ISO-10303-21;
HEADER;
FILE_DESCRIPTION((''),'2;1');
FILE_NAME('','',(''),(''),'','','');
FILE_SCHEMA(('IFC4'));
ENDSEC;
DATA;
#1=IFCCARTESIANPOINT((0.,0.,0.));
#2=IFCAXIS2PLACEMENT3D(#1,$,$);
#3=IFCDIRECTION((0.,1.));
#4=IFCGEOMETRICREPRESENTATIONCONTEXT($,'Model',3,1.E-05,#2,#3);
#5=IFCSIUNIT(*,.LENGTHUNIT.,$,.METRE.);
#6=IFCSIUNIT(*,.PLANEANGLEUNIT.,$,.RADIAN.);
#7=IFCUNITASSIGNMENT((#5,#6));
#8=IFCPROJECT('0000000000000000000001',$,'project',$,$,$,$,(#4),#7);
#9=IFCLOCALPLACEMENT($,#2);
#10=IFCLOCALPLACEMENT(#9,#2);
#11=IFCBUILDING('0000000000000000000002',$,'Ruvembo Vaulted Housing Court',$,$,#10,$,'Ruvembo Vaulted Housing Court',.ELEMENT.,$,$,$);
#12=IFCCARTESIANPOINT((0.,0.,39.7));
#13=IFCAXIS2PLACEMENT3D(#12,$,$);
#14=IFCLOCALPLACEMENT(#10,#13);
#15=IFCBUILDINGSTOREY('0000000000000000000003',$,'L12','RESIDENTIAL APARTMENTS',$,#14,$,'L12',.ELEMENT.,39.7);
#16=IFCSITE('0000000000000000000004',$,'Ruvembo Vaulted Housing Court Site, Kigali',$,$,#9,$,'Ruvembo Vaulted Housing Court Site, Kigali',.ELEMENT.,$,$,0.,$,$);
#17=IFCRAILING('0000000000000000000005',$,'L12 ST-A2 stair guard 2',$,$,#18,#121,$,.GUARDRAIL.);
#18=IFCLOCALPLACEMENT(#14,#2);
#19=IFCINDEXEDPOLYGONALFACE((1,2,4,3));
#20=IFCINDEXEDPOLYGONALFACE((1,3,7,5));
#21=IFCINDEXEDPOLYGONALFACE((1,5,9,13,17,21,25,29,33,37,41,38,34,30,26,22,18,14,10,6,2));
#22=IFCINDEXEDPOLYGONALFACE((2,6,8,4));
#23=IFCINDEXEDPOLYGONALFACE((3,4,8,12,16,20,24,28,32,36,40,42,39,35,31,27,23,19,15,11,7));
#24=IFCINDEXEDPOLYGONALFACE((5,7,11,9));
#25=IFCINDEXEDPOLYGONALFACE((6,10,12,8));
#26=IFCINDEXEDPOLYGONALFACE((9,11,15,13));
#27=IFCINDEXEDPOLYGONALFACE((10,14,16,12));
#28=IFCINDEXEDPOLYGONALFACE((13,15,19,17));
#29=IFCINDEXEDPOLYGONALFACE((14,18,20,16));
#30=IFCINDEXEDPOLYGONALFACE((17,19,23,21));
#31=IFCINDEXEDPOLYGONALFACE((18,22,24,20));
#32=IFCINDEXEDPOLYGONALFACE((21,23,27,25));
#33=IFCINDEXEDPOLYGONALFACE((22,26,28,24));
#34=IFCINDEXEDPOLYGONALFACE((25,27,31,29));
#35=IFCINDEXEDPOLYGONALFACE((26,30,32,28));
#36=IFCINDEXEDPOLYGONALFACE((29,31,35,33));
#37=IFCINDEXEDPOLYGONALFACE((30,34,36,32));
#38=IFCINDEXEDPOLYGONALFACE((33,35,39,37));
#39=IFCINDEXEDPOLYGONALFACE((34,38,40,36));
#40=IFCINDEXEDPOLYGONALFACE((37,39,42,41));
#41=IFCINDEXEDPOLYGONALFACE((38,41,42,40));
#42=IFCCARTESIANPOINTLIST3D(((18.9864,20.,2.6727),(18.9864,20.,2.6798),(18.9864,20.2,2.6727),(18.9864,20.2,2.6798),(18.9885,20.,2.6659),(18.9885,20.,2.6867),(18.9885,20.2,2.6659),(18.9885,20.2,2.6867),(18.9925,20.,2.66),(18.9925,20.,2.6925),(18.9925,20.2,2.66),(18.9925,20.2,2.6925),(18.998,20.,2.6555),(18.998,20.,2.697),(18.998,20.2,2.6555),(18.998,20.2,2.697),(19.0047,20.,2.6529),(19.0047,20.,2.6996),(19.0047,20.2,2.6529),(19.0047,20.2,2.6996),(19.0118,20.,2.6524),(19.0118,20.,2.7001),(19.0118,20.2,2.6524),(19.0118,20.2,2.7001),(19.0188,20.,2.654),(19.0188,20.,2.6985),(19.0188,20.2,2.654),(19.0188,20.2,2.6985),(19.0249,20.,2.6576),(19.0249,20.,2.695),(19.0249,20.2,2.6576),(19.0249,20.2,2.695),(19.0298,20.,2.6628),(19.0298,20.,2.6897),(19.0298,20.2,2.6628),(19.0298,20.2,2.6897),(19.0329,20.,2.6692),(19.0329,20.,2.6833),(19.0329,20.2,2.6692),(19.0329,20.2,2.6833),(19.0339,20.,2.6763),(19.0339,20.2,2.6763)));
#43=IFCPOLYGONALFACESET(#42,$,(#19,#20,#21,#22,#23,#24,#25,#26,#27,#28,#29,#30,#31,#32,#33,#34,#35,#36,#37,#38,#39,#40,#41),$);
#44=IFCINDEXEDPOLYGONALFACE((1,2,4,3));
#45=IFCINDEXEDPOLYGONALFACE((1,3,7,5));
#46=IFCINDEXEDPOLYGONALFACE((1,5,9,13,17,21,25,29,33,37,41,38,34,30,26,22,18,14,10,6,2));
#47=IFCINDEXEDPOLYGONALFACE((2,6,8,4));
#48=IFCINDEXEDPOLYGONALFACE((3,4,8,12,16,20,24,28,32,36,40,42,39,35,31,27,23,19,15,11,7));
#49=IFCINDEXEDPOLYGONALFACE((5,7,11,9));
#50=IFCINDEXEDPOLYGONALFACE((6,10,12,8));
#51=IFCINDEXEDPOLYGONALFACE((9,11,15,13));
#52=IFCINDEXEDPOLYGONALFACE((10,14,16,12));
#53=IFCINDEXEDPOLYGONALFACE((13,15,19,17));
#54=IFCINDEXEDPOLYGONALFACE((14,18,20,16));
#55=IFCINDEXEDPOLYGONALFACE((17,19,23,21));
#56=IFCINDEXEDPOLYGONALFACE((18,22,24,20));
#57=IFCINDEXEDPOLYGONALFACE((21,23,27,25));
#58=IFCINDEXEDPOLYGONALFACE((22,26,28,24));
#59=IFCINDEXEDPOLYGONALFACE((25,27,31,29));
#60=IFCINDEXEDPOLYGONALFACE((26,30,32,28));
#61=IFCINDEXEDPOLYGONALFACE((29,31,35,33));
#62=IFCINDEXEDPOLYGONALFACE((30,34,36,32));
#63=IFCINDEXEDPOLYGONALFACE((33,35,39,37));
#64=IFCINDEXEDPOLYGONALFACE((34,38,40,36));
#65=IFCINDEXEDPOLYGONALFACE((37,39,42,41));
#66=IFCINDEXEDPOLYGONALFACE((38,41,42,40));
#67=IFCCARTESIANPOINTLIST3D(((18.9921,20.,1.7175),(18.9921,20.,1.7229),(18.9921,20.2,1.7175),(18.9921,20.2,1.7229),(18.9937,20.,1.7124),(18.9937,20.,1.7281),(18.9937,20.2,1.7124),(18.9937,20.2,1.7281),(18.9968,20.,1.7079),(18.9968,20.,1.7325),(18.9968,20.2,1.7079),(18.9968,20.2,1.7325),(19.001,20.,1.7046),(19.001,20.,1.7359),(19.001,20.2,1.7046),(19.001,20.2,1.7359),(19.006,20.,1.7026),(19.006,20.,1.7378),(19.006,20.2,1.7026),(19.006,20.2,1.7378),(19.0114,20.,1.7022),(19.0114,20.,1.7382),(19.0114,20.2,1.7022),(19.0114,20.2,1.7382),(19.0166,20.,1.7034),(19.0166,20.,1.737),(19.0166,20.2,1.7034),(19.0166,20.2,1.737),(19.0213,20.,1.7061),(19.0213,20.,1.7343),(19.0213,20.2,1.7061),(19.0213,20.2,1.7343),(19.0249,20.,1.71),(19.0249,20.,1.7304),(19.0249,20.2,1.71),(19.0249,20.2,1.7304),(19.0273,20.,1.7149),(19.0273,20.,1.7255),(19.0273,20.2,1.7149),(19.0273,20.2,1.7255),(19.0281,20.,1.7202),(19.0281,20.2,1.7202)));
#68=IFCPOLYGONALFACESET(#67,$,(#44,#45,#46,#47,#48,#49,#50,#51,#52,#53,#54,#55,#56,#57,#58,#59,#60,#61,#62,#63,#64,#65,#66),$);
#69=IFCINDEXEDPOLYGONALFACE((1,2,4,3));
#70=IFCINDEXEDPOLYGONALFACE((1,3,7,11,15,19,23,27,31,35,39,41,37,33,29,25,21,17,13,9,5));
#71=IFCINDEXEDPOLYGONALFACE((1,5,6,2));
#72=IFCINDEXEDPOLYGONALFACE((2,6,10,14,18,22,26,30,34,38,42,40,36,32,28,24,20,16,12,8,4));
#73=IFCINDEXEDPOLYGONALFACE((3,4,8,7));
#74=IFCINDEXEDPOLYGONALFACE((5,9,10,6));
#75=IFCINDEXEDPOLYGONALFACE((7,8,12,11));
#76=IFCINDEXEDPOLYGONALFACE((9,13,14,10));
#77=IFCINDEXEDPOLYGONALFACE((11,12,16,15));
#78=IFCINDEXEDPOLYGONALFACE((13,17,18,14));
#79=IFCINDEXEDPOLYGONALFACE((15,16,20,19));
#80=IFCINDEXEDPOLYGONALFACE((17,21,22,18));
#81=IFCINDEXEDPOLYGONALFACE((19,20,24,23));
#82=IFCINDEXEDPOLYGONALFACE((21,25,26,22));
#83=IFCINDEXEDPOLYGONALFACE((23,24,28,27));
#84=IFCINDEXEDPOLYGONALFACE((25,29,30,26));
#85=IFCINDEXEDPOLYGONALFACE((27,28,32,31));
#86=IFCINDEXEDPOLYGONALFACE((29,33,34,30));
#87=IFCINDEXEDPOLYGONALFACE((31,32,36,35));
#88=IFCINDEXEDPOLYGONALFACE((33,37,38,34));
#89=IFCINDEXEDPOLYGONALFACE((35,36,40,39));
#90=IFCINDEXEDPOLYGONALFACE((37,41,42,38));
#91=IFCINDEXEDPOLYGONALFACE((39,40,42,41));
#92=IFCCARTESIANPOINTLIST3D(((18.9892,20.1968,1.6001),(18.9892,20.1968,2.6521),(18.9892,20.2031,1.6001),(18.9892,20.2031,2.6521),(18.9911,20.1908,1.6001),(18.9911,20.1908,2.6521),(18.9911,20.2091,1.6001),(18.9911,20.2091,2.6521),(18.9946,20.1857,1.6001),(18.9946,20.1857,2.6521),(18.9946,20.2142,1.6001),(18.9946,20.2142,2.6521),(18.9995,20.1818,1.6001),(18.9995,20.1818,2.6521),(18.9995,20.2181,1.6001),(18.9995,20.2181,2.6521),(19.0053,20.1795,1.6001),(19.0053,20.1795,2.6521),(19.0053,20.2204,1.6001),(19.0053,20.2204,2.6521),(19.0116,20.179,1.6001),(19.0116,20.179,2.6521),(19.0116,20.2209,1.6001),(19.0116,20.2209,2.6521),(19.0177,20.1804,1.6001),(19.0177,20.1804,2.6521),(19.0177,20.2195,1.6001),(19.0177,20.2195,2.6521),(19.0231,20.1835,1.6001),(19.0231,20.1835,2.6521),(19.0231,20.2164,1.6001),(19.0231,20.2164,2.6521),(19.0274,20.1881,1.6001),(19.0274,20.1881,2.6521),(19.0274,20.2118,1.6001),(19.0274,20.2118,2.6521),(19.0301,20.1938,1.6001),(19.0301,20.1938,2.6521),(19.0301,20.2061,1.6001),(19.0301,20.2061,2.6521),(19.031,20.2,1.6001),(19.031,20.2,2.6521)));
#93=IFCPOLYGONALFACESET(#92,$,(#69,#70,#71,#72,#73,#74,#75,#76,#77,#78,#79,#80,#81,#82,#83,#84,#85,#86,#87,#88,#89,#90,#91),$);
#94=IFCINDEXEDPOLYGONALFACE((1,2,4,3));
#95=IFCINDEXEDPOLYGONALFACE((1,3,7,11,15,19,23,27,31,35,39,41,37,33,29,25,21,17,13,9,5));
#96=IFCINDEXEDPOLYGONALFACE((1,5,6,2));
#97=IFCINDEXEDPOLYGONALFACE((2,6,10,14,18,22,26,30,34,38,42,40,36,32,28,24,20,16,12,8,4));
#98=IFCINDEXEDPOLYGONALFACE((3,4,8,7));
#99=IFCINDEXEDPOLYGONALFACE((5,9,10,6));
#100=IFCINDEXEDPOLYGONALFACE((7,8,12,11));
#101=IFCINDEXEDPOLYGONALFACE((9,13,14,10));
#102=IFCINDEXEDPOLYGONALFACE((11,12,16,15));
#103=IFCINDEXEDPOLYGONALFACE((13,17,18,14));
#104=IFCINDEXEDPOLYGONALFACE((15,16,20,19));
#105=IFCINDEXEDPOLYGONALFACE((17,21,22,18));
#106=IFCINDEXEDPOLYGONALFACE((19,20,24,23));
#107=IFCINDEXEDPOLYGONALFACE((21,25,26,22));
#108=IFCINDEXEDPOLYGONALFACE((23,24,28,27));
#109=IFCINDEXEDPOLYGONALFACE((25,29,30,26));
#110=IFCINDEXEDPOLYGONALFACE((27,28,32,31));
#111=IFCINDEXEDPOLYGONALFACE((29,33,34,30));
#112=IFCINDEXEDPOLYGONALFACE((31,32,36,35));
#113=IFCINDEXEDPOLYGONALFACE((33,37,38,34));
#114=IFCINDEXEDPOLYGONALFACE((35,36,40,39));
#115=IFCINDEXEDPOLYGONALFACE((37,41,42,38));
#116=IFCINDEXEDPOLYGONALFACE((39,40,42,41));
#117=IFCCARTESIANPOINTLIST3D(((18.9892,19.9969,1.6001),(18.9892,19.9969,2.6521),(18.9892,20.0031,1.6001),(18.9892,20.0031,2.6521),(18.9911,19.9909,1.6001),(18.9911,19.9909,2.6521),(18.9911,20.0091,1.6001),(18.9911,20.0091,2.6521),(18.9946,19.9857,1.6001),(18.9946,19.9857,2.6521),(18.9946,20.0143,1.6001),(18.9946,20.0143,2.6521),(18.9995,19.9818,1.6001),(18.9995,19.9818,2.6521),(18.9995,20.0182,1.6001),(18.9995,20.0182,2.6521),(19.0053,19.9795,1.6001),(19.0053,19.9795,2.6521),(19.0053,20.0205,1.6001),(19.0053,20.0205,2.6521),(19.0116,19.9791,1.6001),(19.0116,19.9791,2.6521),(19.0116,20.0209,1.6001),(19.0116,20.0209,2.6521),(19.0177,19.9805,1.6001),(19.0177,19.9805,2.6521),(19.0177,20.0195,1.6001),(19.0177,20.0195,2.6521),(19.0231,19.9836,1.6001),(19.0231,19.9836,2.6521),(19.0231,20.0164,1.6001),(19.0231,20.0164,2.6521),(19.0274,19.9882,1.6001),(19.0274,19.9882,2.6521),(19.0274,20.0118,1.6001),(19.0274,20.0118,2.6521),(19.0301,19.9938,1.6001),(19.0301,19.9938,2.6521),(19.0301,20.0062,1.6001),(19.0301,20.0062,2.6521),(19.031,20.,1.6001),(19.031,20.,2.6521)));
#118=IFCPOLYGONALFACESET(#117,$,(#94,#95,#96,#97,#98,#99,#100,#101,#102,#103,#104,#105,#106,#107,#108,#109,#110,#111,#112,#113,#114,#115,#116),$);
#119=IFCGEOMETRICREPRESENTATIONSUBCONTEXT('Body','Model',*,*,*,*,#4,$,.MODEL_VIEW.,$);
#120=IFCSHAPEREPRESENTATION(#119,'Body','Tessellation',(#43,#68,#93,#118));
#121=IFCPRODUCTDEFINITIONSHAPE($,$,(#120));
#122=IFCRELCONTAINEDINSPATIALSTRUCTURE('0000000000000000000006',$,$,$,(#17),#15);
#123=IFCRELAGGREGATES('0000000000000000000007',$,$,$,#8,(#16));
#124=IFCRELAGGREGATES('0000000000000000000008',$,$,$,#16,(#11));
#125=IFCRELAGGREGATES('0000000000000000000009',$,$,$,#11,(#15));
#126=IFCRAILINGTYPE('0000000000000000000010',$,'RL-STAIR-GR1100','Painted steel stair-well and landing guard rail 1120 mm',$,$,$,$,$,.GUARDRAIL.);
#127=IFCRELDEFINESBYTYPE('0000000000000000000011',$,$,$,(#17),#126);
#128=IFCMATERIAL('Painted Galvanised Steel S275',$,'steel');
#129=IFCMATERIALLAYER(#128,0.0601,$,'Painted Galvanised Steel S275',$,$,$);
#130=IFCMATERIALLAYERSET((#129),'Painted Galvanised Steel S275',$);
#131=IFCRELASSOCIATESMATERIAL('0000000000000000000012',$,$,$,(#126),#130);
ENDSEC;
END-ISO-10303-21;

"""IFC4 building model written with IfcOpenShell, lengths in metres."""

from ifc_helpers import new_model, si_unit, direction, frame, origin, origin_2d, place, context, subcontext, project, spatial, circle, extrude, material, layer, layer_set, type_object, element, save


model = new_model("IFC4")

# Units and contexts
model_context = context("Model", 3, precision=1e-05, world=origin(), true_north=direction((0.0, 1.0)))
body_context = subcontext(model_context, "Body", "Model", "MODEL_VIEW")
ifc_project = project(units=[si_unit("LENGTHUNIT", "METRE"), si_unit("PLANEANGLEUNIT", "RADIAN")], contexts=[model_context])

# Site, building, storey
site_placement = place(None, origin())
site = spatial("IfcSite", under=ifc_project, at=site_placement, Name="Ruvembo Vaulted Housing Court Site, Kigali", LongName="Ruvembo Vaulted Housing Court Site, Kigali", CompositionType="ELEMENT", RefElevation=0.0)
building_placement = place(site_placement, origin())
building = spatial("IfcBuilding", under=site, at=building_placement, Name="Ruvembo Vaulted Housing Court", LongName="Ruvembo Vaulted Housing Court", CompositionType="ELEMENT")
storey_placement = place(building_placement, frame((0.0, 0.0, 39.7)))
storey = spatial("IfcBuildingStorey", under=building, at=storey_placement, Name="L12", Description="RESIDENTIAL APARTMENTS", LongName="L12", CompositionType="ELEMENT", Elevation=39.7)

# Railing
ifc_material_1 = material(Name="Painted Galvanised Steel S275", Category="steel")
ifc_layer_1 = layer(ifc_material_1, 0.0601, Name="Painted Galvanised Steel S275")
ifc_layer_set_1 = layer_set([ifc_layer_1], Name="Painted Galvanised Steel S275")
railing_type_1 = type_object("IfcRailingType", Name="RL-STAIR-GR1100", Description="Painted steel stair-well and landing guard rail 1120 mm", PredefinedType="GUARDRAIL", material=ifc_layer_set_1)
railing_1_placement = place(storey_placement, frame((19.01, 20.2, 1.6001)))
element("IfcRailing", 1, at=railing_1_placement, inside=storey, type_object=railing_type_1, Name="L12 ST-A2 stair guard 2", PredefinedType="GUARDRAIL", context=body_context, shape_type="SweptSolid", body=[
    extrude(circle(Radius=0.0239, at=origin_2d()), frame((0.0, 0.0, 1.0762), z_axis=(0.0, -1.0, 0.0), x_axis=(1.0, 0.0, 0.0)), (0.0, 0.0, 1.0), 0.2),
    extrude(circle(Radius=0.0181, at=origin_2d()), frame((0.0, 0.0, 0.1201), z_axis=(0.0, -1.0, 0.0), x_axis=(1.0, 0.0, 0.0)), (0.0, 0.0, 1.0), 0.2),
    extrude(circle(Radius=0.021, at=origin_2d()), origin(), (0.0, 0.0, 1.0), 1.052),
    extrude(circle(Radius=0.021, at=origin_2d()), frame((0.0, -0.2, 0.0)), (0.0, 0.0, 1.0), 1.052),
])

save(model, "model.ifc")
